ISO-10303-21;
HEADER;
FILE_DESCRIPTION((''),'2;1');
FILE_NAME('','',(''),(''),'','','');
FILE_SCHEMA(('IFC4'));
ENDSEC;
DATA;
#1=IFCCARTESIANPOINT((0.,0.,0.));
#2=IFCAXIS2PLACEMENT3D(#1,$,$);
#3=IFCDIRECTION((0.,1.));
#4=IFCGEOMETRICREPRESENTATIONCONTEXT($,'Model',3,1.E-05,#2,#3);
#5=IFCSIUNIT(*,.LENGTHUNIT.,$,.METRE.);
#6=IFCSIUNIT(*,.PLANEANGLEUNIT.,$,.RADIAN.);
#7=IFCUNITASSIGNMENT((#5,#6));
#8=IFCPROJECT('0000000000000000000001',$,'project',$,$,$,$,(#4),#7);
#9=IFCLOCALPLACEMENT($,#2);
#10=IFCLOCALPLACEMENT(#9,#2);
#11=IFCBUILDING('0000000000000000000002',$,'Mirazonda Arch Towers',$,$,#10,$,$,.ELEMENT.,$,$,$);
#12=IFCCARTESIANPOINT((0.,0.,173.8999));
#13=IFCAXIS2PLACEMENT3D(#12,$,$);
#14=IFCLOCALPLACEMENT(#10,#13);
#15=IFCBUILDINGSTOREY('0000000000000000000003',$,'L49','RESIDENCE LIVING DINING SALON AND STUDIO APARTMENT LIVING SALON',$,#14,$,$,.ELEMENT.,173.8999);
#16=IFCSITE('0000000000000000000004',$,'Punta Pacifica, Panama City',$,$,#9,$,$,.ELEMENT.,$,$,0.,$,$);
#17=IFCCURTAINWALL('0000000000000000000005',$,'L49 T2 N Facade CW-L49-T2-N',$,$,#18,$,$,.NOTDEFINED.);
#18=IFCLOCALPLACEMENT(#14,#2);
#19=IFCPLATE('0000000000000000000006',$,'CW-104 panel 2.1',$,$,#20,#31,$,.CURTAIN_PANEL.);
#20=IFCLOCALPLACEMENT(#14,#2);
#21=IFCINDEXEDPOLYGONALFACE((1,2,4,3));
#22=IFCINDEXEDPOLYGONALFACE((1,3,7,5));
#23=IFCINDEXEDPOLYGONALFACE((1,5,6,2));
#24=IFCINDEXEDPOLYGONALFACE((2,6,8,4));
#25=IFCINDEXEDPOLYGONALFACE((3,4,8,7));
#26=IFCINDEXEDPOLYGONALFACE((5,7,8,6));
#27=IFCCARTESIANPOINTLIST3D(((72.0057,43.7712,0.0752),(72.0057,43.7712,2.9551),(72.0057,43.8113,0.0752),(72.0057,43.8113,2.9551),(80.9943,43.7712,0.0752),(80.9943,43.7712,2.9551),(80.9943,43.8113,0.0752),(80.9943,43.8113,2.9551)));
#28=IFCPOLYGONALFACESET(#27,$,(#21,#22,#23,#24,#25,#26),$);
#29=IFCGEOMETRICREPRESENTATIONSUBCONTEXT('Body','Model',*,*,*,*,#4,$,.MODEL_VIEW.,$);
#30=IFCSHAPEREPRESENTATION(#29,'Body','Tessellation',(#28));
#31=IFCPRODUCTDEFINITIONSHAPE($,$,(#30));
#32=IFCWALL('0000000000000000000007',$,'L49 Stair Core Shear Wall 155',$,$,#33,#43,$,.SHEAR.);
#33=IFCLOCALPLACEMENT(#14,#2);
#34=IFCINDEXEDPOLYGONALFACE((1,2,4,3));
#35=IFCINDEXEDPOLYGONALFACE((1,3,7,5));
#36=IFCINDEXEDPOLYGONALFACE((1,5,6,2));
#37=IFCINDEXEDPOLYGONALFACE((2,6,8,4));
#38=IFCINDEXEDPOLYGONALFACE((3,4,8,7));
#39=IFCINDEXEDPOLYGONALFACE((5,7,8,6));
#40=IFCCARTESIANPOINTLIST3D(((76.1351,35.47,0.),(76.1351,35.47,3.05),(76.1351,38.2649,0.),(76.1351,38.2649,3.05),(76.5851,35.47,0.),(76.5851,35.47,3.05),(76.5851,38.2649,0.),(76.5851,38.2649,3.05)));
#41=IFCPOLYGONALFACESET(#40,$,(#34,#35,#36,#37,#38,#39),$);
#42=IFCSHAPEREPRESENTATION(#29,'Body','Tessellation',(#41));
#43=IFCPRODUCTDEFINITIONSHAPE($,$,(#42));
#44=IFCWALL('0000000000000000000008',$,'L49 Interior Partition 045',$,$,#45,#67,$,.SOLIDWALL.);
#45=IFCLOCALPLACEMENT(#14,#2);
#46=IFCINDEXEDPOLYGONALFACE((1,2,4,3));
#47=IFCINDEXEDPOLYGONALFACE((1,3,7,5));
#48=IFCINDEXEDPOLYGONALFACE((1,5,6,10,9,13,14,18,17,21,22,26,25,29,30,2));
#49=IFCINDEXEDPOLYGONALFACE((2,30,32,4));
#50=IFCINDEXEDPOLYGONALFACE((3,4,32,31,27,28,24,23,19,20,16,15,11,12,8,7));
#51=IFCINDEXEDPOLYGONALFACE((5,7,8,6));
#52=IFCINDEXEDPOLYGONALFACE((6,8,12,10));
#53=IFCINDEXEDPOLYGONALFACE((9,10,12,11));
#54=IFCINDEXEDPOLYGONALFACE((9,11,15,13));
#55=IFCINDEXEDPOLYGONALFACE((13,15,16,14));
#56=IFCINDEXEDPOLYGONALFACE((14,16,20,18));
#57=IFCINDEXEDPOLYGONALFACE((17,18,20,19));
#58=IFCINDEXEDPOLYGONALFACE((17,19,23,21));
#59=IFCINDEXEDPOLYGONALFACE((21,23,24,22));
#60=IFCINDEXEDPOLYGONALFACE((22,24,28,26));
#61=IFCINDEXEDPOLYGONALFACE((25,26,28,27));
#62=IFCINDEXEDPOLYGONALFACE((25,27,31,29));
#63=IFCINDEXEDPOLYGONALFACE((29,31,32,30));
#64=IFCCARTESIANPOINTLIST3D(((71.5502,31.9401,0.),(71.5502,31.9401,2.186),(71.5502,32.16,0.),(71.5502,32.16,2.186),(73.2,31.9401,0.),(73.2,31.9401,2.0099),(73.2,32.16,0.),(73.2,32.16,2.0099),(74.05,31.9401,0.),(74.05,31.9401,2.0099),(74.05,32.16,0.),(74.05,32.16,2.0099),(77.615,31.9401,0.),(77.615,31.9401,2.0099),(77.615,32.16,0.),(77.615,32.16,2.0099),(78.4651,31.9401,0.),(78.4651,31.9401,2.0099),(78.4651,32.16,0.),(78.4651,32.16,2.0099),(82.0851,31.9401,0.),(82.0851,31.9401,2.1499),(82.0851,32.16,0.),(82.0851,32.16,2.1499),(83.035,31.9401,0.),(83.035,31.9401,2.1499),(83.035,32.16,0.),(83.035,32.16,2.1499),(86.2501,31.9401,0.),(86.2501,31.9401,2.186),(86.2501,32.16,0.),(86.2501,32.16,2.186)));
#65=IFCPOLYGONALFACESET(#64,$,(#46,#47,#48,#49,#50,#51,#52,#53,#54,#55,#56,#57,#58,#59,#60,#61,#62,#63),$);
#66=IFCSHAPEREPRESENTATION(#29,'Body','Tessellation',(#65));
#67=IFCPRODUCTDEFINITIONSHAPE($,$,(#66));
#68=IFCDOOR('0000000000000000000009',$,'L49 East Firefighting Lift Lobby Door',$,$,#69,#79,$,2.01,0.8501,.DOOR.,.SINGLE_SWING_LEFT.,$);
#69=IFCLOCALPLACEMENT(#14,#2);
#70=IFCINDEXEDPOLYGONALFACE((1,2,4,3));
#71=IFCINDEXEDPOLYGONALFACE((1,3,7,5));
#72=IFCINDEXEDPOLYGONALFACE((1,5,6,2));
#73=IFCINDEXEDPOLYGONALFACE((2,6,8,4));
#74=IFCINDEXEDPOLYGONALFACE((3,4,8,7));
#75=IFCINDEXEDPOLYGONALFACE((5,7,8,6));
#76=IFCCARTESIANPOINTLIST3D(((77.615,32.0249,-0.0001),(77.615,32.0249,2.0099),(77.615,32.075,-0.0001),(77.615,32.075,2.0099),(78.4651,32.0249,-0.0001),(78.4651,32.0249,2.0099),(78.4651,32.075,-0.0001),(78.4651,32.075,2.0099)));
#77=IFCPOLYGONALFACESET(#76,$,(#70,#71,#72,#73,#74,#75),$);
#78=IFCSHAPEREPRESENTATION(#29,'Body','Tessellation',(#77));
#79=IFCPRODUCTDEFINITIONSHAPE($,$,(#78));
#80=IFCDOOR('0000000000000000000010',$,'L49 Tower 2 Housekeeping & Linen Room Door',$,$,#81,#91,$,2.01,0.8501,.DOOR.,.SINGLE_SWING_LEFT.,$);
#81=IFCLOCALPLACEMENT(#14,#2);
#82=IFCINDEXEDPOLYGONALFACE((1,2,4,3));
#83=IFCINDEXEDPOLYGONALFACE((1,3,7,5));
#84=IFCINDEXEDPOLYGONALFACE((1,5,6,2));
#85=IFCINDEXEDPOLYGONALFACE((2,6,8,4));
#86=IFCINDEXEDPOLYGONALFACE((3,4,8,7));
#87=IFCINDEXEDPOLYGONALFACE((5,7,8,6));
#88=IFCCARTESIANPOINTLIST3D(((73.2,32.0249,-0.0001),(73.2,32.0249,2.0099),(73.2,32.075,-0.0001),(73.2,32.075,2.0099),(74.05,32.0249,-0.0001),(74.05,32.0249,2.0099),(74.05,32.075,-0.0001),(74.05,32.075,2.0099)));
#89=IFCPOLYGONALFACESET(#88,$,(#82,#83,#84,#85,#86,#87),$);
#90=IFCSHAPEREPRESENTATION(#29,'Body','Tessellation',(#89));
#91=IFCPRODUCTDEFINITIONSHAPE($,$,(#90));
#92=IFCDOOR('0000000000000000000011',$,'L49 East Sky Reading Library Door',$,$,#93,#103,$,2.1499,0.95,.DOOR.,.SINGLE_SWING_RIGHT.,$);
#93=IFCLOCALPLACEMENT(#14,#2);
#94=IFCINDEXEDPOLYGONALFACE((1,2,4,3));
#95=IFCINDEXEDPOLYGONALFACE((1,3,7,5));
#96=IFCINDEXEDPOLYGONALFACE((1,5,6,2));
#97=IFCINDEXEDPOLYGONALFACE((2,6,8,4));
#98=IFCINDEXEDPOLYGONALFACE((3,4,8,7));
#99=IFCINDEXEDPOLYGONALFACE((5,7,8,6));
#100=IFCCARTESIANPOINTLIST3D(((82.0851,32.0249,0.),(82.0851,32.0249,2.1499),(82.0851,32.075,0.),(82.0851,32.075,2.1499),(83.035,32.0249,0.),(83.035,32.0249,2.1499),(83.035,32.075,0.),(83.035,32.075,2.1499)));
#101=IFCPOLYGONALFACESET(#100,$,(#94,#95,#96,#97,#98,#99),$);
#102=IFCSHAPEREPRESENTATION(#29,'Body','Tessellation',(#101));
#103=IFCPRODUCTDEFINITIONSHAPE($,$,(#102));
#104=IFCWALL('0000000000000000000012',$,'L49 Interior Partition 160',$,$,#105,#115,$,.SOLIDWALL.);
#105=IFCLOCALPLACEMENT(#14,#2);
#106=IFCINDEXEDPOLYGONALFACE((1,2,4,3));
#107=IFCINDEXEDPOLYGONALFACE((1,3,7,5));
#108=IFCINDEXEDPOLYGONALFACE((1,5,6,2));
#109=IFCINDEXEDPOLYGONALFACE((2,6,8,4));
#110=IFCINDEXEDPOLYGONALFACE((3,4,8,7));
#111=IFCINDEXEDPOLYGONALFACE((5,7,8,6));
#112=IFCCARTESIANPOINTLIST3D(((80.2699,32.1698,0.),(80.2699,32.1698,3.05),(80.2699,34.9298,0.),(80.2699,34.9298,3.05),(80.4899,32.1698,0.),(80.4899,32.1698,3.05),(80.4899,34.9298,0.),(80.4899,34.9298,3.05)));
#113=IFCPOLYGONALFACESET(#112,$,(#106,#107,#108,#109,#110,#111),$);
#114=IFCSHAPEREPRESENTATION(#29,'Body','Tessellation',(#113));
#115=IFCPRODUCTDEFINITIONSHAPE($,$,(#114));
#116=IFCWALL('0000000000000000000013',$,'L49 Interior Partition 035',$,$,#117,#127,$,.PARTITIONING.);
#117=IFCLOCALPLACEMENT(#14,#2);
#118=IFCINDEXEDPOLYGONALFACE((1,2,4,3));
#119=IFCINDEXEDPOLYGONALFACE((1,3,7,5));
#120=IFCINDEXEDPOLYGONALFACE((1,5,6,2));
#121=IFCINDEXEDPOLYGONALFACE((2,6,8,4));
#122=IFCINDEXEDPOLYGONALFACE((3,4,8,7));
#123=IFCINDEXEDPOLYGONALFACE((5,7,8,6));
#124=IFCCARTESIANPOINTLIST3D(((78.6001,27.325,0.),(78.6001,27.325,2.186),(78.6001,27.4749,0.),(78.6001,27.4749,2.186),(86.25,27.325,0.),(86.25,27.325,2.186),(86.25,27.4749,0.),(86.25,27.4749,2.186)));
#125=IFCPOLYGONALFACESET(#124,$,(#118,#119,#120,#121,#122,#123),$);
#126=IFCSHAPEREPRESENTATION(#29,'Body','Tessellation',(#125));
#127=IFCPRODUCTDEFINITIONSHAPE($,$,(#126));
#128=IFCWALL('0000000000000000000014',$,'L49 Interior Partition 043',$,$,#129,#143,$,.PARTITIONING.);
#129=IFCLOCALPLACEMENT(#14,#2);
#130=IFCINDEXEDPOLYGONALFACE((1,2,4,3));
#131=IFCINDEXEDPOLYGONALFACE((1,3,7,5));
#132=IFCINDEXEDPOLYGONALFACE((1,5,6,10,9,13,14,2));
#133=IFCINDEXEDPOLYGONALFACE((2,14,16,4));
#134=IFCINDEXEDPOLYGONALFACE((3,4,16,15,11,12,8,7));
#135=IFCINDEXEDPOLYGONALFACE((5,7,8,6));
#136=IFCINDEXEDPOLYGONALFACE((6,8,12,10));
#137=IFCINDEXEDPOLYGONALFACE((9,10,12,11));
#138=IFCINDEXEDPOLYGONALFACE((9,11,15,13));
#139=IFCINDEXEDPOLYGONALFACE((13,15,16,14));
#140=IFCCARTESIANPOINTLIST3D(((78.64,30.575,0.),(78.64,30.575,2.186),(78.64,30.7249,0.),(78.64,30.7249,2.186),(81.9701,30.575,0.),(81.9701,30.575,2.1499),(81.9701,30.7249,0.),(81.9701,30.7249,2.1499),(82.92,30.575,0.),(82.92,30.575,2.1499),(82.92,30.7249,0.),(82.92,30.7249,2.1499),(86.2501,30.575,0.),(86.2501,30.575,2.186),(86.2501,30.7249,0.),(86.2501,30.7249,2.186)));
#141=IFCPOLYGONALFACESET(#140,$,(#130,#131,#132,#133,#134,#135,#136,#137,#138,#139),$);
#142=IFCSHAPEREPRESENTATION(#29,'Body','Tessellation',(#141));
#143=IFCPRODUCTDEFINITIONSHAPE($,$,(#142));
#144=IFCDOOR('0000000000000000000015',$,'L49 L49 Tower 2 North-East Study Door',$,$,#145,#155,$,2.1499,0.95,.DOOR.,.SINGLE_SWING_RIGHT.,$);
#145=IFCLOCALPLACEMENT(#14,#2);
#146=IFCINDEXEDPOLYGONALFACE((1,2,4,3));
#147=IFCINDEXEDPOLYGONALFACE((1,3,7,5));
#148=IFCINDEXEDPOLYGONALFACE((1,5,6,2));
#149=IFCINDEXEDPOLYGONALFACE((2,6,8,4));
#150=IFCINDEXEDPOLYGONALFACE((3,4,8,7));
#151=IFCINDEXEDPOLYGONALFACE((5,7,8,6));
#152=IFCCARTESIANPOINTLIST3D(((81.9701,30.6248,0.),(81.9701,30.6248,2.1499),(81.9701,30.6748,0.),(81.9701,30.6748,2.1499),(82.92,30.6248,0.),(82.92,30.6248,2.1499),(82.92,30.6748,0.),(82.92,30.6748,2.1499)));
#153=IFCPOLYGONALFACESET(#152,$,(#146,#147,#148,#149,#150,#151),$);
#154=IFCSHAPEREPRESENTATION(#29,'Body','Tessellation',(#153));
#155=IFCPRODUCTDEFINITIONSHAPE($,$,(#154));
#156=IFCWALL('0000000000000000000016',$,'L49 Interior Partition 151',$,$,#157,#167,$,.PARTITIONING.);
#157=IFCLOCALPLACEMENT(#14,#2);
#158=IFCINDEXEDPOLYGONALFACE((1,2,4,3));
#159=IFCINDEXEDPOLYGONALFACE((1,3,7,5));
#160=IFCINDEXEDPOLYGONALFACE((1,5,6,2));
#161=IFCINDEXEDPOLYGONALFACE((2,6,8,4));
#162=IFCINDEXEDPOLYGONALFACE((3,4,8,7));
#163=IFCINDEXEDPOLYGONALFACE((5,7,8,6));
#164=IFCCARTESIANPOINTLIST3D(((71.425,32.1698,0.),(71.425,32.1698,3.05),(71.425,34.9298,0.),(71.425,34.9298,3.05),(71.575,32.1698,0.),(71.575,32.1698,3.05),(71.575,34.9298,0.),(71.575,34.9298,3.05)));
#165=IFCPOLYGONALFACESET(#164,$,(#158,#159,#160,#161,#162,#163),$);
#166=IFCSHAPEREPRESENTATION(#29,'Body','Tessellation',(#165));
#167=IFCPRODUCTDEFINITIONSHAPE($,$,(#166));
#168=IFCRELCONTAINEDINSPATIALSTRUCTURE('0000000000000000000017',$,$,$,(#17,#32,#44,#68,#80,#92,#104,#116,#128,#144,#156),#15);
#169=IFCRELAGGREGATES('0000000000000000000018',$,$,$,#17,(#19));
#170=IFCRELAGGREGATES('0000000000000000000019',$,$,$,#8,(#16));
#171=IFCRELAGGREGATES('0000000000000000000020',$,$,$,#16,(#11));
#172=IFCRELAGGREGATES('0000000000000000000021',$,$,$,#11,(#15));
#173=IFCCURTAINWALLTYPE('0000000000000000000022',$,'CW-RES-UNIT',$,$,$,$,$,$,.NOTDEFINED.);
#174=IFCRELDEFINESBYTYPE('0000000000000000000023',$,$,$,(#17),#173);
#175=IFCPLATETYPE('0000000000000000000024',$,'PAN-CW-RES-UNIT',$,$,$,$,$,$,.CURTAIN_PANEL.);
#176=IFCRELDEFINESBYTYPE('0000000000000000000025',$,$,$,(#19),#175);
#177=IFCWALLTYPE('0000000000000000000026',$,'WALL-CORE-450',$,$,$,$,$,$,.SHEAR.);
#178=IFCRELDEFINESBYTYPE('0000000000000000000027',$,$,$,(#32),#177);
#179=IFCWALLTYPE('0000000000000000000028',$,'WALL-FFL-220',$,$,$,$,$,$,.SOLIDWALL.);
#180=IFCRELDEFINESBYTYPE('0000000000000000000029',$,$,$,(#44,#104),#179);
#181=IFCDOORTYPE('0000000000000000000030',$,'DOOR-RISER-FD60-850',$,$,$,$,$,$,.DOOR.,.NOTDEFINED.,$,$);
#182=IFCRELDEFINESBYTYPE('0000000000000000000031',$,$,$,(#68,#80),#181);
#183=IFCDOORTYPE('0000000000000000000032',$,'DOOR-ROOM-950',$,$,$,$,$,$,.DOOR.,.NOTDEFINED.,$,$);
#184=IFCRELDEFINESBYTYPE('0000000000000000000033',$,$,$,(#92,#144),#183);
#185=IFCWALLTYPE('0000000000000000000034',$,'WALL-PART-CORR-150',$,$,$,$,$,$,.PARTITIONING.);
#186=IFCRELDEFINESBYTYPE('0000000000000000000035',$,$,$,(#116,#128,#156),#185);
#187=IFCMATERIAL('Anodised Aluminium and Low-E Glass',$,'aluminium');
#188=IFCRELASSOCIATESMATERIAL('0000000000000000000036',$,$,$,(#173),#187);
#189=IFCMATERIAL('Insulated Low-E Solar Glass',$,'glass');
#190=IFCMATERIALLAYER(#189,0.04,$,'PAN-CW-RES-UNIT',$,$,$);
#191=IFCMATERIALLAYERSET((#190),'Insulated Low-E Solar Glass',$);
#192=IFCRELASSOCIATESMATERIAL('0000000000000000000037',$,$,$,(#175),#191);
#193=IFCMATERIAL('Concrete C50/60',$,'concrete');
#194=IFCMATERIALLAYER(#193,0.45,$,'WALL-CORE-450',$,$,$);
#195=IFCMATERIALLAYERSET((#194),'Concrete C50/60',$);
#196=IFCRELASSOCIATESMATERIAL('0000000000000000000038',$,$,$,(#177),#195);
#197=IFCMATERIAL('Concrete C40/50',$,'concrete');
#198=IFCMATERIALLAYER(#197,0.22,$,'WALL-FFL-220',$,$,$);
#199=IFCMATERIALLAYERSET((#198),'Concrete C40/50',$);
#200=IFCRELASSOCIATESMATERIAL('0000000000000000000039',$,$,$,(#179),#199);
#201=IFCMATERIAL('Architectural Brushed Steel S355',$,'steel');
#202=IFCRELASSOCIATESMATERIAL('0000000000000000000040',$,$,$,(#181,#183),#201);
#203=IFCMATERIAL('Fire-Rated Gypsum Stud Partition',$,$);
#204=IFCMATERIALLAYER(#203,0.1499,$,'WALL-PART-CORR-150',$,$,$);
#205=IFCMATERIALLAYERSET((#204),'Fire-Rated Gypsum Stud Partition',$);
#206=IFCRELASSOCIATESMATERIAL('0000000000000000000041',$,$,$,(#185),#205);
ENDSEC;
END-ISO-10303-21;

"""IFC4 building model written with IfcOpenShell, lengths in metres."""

from ifc_helpers import new_model, si_unit, direction, frame, frame_2d, origin, origin_2d, place, context, subcontext, project, spatial, rectangle, extrude, material, layer, layer_set, type_object, element, fill, aggregate, save


model = new_model("IFC4")

# Units and contexts
model_context = context("Model", 3, precision=1e-05, world=origin(), true_north=direction((0.0, 1.0)))
body_context = subcontext(model_context, "Body", "Model", "MODEL_VIEW")
ifc_project = project(units=[si_unit("LENGTHUNIT", "METRE"), si_unit("PLANEANGLEUNIT", "RADIAN")], contexts=[model_context])

# Site, building, storey
site_placement = place(None, origin())
site = spatial("IfcSite", under=ifc_project, at=site_placement, Name="Punta Pacifica, Panama City", CompositionType="ELEMENT", RefElevation=0.0)
building_placement = place(site_placement, origin())
building = spatial("IfcBuilding", under=site, at=building_placement, Name="Mirazonda Arch Towers", CompositionType="ELEMENT")
storey_placement = place(building_placement, frame((0.0, 0.0, 173.8999)))
storey = spatial("IfcBuildingStorey", under=building, at=storey_placement, Name="L49", Description="RESIDENCE LIVING DINING SALON AND STUDIO APARTMENT LIVING SALON", CompositionType="ELEMENT", Elevation=173.8999)

# Shared definitions
ifc_material_1 = material(Name="Concrete C50/60", Category="concrete")

# Curtain wall, plate
ifc_material_2 = material(Name="Anodised Aluminium and Low-E Glass", Category="aluminium")
curtain_wall_type = type_object("IfcCurtainWallType", Name="CW-RES-UNIT", PredefinedType="NOTDEFINED", material=ifc_material_2)
curtain_wall_placement = place(storey_placement, origin())
curtain_wall = element("IfcCurtainWall", 1, at=curtain_wall_placement, inside=storey, type_object=curtain_wall_type, Name="L49 T2 N Facade CW-L49-T2-N", PredefinedType="NOTDEFINED")
ifc_material_3 = material(Name="Insulated Low-E Solar Glass", Category="glass")
ifc_layer_1 = layer(ifc_material_3, 0.04, Name="PAN-CW-RES-UNIT")
ifc_layer_set_1 = layer_set([ifc_layer_1], Name="Insulated Low-E Solar Glass")
plate_type = type_object("IfcPlateType", Name="PAN-CW-RES-UNIT", PredefinedType="CURTAIN_PANEL", material=ifc_layer_set_1)
plate_placement = place(storey_placement, frame((76.5, 43.7913, 0.0752), z_axis=(0.0, 0.0, 1.0), x_axis=(1.0, 0.0, 0.0)))
plate = element("IfcPlate", 2, at=plate_placement, type_object=plate_type, Name="CW-104 panel 2.1", PredefinedType="CURTAIN_PANEL", context=body_context, shape_type="SweptSolid", body=[
    extrude(rectangle(XDim=8.9885, YDim=0.04, at=origin_2d()), origin(), (0.0, 0.0, 1.0), 2.8799),
])
aggregate(curtain_wall, [plate])

# Wall
ifc_layer_2 = layer(ifc_material_1, 0.45, Name="WALL-CORE-450")
ifc_layer_set_2 = layer_set([ifc_layer_2], Name="Concrete C50/60")
wall_type_1 = type_object("IfcWallType", Name="WALL-CORE-450", PredefinedType="SHEAR", material=ifc_layer_set_2)
wall_1_placement = place(storey_placement, frame((76.3601, 35.47, 0.0), z_axis=(0.0, 0.0, 1.0), x_axis=(0.0, 1.0, 0.0)))
element("IfcWall", 3, at=wall_1_placement, inside=storey, type_object=wall_type_1, Name="L49 Stair Core Shear Wall 155", PredefinedType="SHEAR", context=body_context, shape_type="SweptSolid", body=[
    extrude(rectangle(XDim=2.7949, YDim=0.45, at=frame_2d((1.3975, 0.0))), origin(), (0.0, 0.0, 1.0), 3.05),
])

# Wall, openings, doors
ifc_material_4 = material(Name="Concrete C40/50", Category="concrete")
ifc_layer_3 = layer(ifc_material_4, 0.22, Name="WALL-FFL-220")
ifc_layer_set_3 = layer_set([ifc_layer_3], Name="Concrete C40/50")
wall_type_2 = type_object("IfcWallType", Name="WALL-FFL-220", PredefinedType="SOLIDWALL", material=ifc_layer_set_3)
wall_2_placement = place(storey_placement, frame((71.55, 32.05, 0.0), z_axis=(0.0, 0.0, 1.0), x_axis=(1.0, 0.0, 0.0)))
wall_2 = element("IfcWall", 4, at=wall_2_placement, inside=storey, type_object=wall_type_2, Name="L49 Interior Partition 045", PredefinedType="SOLIDWALL", context=body_context, shape_type="SweptSolid", body=[
    extrude(rectangle(XDim=14.7, YDim=0.22, at=frame_2d((7.3501, 0.0))), origin(), (0.0, 0.0, 1.0), 2.186),
])
opening_1_placement = place(wall_2_placement, frame((6.0649, 0.0, 0.0)))
opening_1 = element("IfcOpeningElement", 5, at=opening_1_placement, cuts=wall_2, PredefinedType="OPENING", context=body_context, shape_type="SweptSolid", body=[
    extrude(rectangle(XDim=0.8501, YDim=2.01, at=frame_2d((0.425, 1.0049))), frame((0.0, 0.1199, 0.0), z_axis=(0.0, -1.0, 0.0), x_axis=(1.0, 0.0, 0.0)), (0.0, 0.0, 1.0), 0.24),
])
opening_2_placement = place(wall_2_placement, frame((10.5349, 0.0, 0.0)))
opening_2 = element("IfcOpeningElement", 6, at=opening_2_placement, cuts=wall_2, PredefinedType="OPENING", context=body_context, shape_type="SweptSolid", body=[
    extrude(rectangle(XDim=0.95, YDim=2.1499, at=frame_2d((0.4751, 1.075))), frame((0.0, 0.1199, 0.0), z_axis=(0.0, -1.0, 0.0), x_axis=(1.0, 0.0, 0.0)), (0.0, 0.0, 1.0), 0.24),
])
opening_3_placement = place(wall_2_placement, frame((1.6499, 0.0, 0.0)))
opening_3 = element("IfcOpeningElement", 7, at=opening_3_placement, cuts=wall_2, PredefinedType="OPENING", context=body_context, shape_type="SweptSolid", body=[
    extrude(rectangle(XDim=0.8501, YDim=2.01, at=frame_2d((0.425, 1.0049))), frame((0.0, 0.1199, 0.0), z_axis=(0.0, -1.0, 0.0), x_axis=(1.0, 0.0, 0.0)), (0.0, 0.0, 1.0), 0.24),
])
ifc_material_5 = material(Name="Architectural Brushed Steel S355", Category="steel")
door_type_1 = type_object("IfcDoorType", Name="DOOR-RISER-FD60-850", OperationType="NOTDEFINED", PredefinedType="DOOR", material=ifc_material_5)
door_1_placement = place(opening_1_placement, origin())
door_1 = element("IfcDoor", 8, at=door_1_placement, inside=storey, type_object=door_type_1, Name="L49 East Firefighting Lift Lobby Door", OperationType="SINGLE_SWING_LEFT", OverallHeight=2.01, OverallWidth=0.8501, PredefinedType="DOOR", context=body_context, shape_type="SweptSolid", body=[
    extrude(rectangle(XDim=0.8501, YDim=2.01, at=frame_2d((0.425, 1.0049))), frame((0.0, 0.0249, 0.0), z_axis=(0.0, -1.0, 0.0), x_axis=(1.0, 0.0, 0.0)), (0.0, 0.0, 1.0), 0.05),
])
fill(opening_1, door_1)
door_2_placement = place(opening_3_placement, origin())
door_2 = element("IfcDoor", 9, at=door_2_placement, inside=storey, type_object=door_type_1, Name="L49 Tower 2 Housekeeping & Linen Room Door", OperationType="SINGLE_SWING_LEFT", OverallHeight=2.01, OverallWidth=0.8501, PredefinedType="DOOR", context=body_context, shape_type="SweptSolid", body=[
    extrude(rectangle(XDim=0.8501, YDim=2.01, at=frame_2d((0.425, 1.0049))), frame((0.0, 0.0249, 0.0), z_axis=(0.0, -1.0, 0.0), x_axis=(1.0, 0.0, 0.0)), (0.0, 0.0, 1.0), 0.05),
])
fill(opening_3, door_2)
door_type_2 = type_object("IfcDoorType", Name="DOOR-ROOM-950", OperationType="NOTDEFINED", PredefinedType="DOOR", material=ifc_material_5)
door_3_placement = place(opening_2_placement, origin())
door_3 = element("IfcDoor", 10, at=door_3_placement, inside=storey, type_object=door_type_2, Name="L49 East Sky Reading Library Door", OperationType="SINGLE_SWING_RIGHT", OverallHeight=2.1499, OverallWidth=0.95, PredefinedType="DOOR", context=body_context, shape_type="SweptSolid", body=[
    extrude(rectangle(XDim=0.95, YDim=2.1499, at=frame_2d((0.4751, 1.075))), frame((0.0, 0.0249, 0.0), z_axis=(0.0, -1.0, 0.0), x_axis=(1.0, 0.0, 0.0)), (0.0, 0.0, 1.0), 0.05),
])
fill(opening_2, door_3)

# Walls
wall_3_placement = place(storey_placement, frame((80.3799, 32.1699, 0.0), z_axis=(0.0, 0.0, 1.0), x_axis=(0.0, 1.0, 0.0)))
element("IfcWall", 11, at=wall_3_placement, inside=storey, type_object=wall_type_2, Name="L49 Interior Partition 160", PredefinedType="SOLIDWALL", context=body_context, shape_type="SweptSolid", body=[
    extrude(rectangle(XDim=2.76, YDim=0.22, at=frame_2d((1.3799, 0.0))), origin(), (0.0, 0.0, 1.0), 3.05),
])
ifc_material_6 = material(Name="Fire-Rated Gypsum Stud Partition")
ifc_layer_4 = layer(ifc_material_6, 0.1499, Name="WALL-PART-CORR-150")
ifc_layer_set_4 = layer_set([ifc_layer_4], Name="Fire-Rated Gypsum Stud Partition")
wall_type_3 = type_object("IfcWallType", Name="WALL-PART-CORR-150", PredefinedType="PARTITIONING", material=ifc_layer_set_4)
wall_4_placement = place(storey_placement, frame((78.6001, 27.3999, 0.0), z_axis=(0.0, 0.0, 1.0), x_axis=(1.0, 0.0, 0.0)))
element("IfcWall", 12, at=wall_4_placement, inside=storey, type_object=wall_type_3, Name="L49 Interior Partition 035", PredefinedType="PARTITIONING", context=body_context, shape_type="SweptSolid", body=[
    extrude(rectangle(XDim=7.6499, YDim=0.1499, at=frame_2d((3.825, 0.0))), origin(), (0.0, 0.0, 1.0), 2.186),
])

# Wall, opening, door
wall_5_placement = place(storey_placement, frame((78.6399, 30.6499, 0.0), z_axis=(0.0, 0.0, 1.0), x_axis=(1.0, 0.0, 0.0)))
wall_5 = element("IfcWall", 13, at=wall_5_placement, inside=storey, type_object=wall_type_3, Name="L49 Interior Partition 043", PredefinedType="PARTITIONING", context=body_context, shape_type="SweptSolid", body=[
    extrude(rectangle(XDim=7.6101, YDim=0.1499, at=frame_2d((3.8052, 0.0))), origin(), (0.0, 0.0, 1.0), 2.186),
])
opening_4_placement = place(wall_5_placement, frame((3.3301, 0.0, 0.0)))
opening_4 = element("IfcOpeningElement", 14, at=opening_4_placement, cuts=wall_5, PredefinedType="OPENING", context=body_context, shape_type="SweptSolid", body=[
    extrude(rectangle(XDim=0.95, YDim=2.1499, at=frame_2d((0.4751, 1.075))), frame((0.0, 0.085, 0.0), z_axis=(0.0, -1.0, 0.0), x_axis=(1.0, 0.0, 0.0)), (0.0, 0.0, 1.0), 0.1699),
])
door_4_placement = place(opening_4_placement, origin())
door_4 = element("IfcDoor", 15, at=door_4_placement, inside=storey, type_object=door_type_2, Name="L49 L49 Tower 2 North-East Study Door", OperationType="SINGLE_SWING_RIGHT", OverallHeight=2.1499, OverallWidth=0.95, PredefinedType="DOOR", context=body_context, shape_type="SweptSolid", body=[
    extrude(rectangle(XDim=0.95, YDim=2.1499, at=frame_2d((0.4751, 1.075))), frame((0.0, 0.0249, 0.0), z_axis=(0.0, -1.0, 0.0), x_axis=(1.0, 0.0, 0.0)), (0.0, 0.0, 1.0), 0.05),
])
fill(opening_4, door_4)

# Wall
for number, where, z_axis, x_axis, name in (
    (16, (71.5, 32.1699, 0.0), (0.0, 0.0, 1.0), (0.0, 1.0, 0.0), "L49 Interior Partition 151"),
):
    element("IfcWall", number, at=place(storey_placement, frame(where, z_axis=z_axis, x_axis=x_axis)), inside=storey, type_object=wall_type_3, Name=name, PredefinedType="PARTITIONING", context=body_context, shape_type="SweptSolid", body=[
        extrude(rectangle(XDim=2.76, YDim=0.1499, at=frame_2d((1.3799, 0.0))), origin(), (0.0, 0.0, 1.0), 3.05),
    ])

save(model, "model.ifc")
